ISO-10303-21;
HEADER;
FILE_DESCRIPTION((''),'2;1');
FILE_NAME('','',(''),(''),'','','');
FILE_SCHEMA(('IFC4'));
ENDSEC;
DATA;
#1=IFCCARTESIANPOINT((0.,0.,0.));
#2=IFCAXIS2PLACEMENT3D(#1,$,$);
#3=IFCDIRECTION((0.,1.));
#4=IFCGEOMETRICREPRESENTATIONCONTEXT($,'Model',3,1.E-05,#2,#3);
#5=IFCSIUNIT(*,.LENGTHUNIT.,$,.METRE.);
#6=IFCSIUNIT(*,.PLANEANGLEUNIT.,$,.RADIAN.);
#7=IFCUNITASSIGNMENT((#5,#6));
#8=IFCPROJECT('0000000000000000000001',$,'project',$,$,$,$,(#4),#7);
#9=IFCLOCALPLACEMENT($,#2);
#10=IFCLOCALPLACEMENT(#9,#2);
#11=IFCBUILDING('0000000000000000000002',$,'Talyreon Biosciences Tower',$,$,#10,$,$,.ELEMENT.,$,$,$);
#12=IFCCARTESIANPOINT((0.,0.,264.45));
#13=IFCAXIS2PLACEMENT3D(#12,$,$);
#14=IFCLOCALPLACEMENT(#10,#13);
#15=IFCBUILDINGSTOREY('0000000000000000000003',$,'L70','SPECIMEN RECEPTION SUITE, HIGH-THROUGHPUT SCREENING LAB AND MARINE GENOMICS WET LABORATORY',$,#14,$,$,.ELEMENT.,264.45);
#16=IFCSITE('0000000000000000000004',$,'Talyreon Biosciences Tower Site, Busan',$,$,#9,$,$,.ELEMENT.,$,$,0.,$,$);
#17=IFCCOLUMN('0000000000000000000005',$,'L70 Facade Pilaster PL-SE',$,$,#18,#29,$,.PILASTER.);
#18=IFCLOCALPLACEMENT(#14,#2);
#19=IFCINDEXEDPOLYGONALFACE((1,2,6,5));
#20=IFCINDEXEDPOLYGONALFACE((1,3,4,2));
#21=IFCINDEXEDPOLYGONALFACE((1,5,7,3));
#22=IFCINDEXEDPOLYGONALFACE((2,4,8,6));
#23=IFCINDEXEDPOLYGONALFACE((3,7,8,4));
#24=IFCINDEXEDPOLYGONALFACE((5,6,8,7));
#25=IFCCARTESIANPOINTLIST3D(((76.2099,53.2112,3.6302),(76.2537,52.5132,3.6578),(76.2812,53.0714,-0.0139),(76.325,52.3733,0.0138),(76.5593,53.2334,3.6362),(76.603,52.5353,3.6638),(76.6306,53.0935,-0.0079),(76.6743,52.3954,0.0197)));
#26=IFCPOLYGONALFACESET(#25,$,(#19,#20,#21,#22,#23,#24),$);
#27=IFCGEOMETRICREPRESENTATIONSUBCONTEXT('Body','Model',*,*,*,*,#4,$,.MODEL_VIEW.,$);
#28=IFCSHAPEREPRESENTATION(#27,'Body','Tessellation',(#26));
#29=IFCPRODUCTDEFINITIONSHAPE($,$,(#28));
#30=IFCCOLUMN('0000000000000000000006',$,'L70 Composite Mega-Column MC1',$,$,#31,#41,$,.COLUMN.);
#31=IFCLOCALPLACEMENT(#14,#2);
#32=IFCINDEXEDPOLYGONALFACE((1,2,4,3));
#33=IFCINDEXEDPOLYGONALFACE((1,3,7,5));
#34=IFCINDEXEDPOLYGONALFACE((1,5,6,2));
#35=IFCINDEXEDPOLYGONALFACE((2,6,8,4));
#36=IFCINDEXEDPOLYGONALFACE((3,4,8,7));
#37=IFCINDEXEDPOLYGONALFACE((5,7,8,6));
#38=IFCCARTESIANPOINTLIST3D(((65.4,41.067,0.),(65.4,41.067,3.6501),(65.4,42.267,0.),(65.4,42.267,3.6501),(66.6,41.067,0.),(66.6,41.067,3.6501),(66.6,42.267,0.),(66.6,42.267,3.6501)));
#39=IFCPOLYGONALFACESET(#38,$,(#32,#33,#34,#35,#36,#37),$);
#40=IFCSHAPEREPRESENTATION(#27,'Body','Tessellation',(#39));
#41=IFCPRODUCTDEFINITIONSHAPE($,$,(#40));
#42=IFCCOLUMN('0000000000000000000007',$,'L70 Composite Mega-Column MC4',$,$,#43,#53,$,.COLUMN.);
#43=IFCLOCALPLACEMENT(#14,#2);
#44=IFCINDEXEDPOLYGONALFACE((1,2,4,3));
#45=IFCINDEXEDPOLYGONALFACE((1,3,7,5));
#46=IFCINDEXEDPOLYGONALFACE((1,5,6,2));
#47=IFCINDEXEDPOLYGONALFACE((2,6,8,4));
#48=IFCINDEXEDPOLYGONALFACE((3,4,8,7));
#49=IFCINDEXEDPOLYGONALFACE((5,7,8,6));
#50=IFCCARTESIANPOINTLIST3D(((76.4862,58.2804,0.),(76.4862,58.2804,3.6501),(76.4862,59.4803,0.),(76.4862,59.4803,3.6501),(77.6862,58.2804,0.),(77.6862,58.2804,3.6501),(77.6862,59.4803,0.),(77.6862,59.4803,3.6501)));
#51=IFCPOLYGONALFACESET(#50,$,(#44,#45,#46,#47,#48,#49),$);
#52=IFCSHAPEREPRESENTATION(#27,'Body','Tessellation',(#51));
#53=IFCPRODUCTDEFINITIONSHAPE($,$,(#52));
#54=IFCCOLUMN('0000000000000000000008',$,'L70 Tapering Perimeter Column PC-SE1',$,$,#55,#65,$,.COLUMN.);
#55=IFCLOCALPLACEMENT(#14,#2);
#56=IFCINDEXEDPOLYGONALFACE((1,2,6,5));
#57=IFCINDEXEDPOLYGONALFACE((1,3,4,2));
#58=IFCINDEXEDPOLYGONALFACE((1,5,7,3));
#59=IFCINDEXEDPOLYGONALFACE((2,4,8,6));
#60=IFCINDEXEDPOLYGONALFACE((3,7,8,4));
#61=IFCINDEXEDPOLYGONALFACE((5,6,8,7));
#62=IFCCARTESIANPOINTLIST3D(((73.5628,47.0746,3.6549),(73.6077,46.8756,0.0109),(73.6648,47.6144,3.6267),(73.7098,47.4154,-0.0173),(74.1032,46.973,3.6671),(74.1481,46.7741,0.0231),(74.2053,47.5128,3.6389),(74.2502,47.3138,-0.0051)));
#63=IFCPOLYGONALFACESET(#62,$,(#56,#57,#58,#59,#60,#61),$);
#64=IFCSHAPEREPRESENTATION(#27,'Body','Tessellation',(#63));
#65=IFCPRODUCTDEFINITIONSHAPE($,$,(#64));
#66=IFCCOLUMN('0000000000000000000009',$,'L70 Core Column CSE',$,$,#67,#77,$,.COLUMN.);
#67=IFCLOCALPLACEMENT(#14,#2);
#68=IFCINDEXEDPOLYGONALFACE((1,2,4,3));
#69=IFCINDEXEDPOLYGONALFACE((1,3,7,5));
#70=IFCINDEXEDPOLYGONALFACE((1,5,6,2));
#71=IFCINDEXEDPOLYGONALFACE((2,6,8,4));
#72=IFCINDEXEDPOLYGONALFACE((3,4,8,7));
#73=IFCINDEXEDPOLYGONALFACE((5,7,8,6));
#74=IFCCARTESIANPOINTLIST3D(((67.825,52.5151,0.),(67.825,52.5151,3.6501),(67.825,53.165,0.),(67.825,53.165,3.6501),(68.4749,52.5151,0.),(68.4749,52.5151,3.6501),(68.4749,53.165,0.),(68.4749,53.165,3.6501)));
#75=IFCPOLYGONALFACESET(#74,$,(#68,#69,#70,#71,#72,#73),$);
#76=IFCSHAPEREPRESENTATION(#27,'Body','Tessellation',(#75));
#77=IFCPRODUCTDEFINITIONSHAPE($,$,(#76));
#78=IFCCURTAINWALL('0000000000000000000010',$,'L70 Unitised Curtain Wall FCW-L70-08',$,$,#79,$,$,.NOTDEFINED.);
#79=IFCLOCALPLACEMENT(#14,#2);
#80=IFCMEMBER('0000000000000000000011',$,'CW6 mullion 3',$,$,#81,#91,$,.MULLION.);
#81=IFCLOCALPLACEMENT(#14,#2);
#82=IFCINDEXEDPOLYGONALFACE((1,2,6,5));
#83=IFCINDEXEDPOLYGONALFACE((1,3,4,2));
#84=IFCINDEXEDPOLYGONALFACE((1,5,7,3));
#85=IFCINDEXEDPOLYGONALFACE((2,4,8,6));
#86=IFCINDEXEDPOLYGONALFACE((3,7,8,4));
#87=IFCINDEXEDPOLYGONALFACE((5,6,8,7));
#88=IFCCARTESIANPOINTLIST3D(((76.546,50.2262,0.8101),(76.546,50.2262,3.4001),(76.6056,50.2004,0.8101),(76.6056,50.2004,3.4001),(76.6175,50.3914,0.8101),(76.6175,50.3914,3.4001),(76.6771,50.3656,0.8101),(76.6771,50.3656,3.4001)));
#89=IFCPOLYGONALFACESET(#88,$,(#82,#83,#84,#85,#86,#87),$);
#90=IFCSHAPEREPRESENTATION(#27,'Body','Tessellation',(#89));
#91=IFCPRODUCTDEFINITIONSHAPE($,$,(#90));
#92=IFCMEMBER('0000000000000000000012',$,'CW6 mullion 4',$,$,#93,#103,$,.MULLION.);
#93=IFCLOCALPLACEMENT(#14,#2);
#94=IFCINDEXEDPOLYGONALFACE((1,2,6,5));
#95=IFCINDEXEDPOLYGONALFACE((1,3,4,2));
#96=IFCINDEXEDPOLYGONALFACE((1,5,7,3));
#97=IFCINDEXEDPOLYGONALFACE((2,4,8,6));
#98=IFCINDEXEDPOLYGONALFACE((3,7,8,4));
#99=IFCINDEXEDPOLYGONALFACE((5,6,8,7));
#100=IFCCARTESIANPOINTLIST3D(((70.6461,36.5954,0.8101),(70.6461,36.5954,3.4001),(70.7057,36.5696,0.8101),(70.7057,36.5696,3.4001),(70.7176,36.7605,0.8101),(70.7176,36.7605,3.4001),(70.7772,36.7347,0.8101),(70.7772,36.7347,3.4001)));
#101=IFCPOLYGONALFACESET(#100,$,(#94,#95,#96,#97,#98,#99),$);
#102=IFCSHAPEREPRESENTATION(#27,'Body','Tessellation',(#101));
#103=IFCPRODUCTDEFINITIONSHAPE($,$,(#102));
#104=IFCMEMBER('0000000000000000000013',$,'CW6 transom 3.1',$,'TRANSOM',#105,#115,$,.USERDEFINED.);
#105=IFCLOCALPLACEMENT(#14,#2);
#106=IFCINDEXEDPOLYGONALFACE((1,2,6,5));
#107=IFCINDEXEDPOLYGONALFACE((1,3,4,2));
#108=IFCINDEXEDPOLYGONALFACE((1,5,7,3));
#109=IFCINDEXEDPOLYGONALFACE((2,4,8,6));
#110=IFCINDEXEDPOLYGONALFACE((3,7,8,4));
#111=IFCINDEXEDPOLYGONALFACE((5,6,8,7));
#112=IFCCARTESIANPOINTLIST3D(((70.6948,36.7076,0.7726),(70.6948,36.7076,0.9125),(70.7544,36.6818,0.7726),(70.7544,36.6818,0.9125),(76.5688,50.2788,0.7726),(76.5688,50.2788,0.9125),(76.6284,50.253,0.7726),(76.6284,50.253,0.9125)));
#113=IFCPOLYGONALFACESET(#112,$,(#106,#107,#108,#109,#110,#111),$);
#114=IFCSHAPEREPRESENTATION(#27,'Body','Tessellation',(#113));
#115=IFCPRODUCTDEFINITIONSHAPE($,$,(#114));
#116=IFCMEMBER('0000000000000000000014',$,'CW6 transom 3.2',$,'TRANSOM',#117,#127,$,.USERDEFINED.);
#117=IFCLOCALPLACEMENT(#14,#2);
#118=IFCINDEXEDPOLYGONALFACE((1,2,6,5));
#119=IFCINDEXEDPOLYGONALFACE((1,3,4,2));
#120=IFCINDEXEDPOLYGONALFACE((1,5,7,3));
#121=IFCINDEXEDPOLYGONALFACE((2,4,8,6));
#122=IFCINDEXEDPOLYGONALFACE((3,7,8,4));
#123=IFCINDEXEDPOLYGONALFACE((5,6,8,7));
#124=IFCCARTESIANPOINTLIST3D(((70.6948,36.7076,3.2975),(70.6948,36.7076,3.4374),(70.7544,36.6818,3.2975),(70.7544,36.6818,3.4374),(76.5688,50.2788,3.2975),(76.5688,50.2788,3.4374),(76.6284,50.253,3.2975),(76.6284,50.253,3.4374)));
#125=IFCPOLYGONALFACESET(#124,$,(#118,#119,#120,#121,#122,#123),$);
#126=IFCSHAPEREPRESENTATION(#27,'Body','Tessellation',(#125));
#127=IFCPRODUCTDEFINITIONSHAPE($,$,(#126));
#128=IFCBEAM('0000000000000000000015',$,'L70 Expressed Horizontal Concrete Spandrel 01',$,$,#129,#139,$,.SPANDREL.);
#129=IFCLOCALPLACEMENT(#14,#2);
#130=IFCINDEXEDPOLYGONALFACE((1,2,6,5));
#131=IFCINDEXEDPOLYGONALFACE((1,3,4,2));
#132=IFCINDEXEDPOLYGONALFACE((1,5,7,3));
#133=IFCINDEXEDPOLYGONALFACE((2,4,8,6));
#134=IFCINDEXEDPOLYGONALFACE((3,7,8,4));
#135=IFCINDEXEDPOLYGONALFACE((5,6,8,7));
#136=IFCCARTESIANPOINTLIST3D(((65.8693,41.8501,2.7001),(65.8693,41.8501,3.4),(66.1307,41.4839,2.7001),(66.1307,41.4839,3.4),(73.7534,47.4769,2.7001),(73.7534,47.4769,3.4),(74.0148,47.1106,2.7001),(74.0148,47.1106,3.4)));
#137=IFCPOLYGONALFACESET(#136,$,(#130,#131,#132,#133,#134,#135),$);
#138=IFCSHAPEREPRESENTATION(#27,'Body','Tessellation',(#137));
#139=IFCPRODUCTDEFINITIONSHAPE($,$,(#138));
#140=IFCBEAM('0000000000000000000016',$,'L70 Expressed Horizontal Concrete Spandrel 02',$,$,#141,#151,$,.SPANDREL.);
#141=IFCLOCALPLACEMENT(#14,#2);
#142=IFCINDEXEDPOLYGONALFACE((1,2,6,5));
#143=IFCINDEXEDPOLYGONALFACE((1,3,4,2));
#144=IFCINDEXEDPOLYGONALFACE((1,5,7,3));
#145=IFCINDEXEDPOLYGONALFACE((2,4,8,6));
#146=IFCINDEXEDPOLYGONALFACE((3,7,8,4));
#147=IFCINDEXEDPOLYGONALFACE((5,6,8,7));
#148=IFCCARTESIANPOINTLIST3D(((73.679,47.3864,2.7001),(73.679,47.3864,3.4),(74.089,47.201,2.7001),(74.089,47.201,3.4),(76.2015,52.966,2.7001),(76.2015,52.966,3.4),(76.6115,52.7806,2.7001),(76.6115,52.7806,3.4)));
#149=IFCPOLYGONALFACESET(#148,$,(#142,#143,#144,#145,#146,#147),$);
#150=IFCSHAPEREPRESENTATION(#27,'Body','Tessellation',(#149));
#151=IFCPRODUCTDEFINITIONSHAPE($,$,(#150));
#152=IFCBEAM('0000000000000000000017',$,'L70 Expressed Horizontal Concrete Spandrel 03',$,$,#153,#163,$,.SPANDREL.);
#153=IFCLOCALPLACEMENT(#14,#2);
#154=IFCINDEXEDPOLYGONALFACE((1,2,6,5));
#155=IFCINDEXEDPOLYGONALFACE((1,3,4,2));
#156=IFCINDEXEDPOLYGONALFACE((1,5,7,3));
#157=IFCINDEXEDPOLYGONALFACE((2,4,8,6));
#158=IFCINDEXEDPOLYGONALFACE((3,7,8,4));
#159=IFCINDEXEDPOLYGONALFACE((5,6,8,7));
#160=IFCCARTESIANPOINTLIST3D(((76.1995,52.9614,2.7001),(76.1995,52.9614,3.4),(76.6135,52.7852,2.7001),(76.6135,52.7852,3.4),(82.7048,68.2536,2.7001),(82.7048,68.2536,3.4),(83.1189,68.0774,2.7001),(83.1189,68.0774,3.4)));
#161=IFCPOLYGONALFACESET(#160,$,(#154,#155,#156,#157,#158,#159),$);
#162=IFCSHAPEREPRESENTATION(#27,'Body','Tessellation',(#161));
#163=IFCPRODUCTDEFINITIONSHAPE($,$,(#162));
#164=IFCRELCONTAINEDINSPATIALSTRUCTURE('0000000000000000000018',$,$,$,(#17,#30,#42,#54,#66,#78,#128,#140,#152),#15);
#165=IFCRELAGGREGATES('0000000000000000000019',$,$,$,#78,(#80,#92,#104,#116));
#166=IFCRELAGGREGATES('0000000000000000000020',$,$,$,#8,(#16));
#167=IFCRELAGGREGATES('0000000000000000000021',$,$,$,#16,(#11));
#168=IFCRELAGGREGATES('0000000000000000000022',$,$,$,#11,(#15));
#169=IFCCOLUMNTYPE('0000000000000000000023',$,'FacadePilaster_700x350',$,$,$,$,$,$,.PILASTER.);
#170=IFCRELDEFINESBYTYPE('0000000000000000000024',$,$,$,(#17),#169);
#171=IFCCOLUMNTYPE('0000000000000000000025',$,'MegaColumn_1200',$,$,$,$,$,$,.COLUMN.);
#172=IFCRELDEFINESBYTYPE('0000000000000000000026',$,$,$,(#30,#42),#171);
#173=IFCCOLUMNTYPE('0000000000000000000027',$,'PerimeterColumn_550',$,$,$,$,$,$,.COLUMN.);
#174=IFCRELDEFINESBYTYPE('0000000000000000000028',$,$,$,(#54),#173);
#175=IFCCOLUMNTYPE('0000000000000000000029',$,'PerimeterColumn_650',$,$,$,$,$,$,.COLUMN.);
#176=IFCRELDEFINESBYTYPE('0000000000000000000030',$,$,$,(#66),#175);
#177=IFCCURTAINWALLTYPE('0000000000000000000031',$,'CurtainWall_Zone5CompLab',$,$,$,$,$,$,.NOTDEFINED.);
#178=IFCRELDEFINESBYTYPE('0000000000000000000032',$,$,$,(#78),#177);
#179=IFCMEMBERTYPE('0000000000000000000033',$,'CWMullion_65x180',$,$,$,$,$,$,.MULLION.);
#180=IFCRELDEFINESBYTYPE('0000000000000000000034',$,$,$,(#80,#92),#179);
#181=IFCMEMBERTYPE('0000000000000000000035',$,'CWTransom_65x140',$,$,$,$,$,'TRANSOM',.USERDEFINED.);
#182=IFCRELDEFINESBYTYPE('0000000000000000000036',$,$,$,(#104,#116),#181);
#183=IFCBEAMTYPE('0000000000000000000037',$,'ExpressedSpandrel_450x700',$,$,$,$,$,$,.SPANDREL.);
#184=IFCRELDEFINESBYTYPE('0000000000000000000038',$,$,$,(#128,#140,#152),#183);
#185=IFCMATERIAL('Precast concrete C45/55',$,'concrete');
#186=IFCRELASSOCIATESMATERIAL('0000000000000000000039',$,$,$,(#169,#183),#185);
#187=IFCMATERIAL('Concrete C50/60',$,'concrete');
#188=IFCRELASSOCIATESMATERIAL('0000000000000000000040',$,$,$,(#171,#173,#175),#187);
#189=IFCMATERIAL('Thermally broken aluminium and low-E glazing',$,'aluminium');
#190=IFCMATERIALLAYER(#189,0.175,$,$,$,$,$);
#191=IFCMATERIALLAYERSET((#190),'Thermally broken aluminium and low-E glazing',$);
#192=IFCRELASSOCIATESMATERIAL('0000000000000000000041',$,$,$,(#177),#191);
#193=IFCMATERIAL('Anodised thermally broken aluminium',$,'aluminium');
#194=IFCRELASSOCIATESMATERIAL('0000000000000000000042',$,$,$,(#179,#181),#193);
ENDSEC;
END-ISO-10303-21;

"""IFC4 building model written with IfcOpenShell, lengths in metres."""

from ifc_helpers import new_model, si_unit, direction, frame, origin, origin_2d, place, context, subcontext, project, spatial, rectangle, extrude, material, layer, layer_set, material_profile, profile_set, type_object, element, aggregate, save


model = new_model("IFC4")

# Units and contexts
model_context = context("Model", 3, precision=1e-05, world=origin(), true_north=direction((0.0, 1.0)))
body_context = subcontext(model_context, "Body", "Model", "MODEL_VIEW")
ifc_project = project(units=[si_unit("LENGTHUNIT", "METRE"), si_unit("PLANEANGLEUNIT", "RADIAN")], contexts=[model_context])

# Site, building, storey
site_placement = place(None, origin())
site = spatial("IfcSite", under=ifc_project, at=site_placement, Name="Talyreon Biosciences Tower Site, Busan", CompositionType="ELEMENT", RefElevation=0.0)
building_placement = place(site_placement, origin())
building = spatial("IfcBuilding", under=site, at=building_placement, Name="Talyreon Biosciences Tower", CompositionType="ELEMENT")
storey_placement = place(building_placement, frame((0.0, 0.0, 264.45)))
storey = spatial("IfcBuildingStorey", under=building, at=storey_placement, Name="L70", Description="SPECIMEN RECEPTION SUITE, HIGH-THROUGHPUT SCREENING LAB AND MARINE GENOMICS WET LABORATORY", CompositionType="ELEMENT", Elevation=264.45)

# Columns
ifc_material_1 = material(Name="Precast concrete C45/55", Category="concrete")
ifc_material_profile_1 = material_profile(ifc_material_1, rectangle(XDim=0.7, YDim=0.3501, at=origin_2d()), Name="RC 700x350")
ifc_profile_set_1 = profile_set([ifc_material_profile_1], Name="Precast concrete C45/55")
column_type_1 = type_object("IfcColumnType", Name="FacadePilaster_700x350", PredefinedType="PILASTER", material=ifc_profile_set_1)
column_1_placement = place(storey_placement, frame((76.4778, 52.7334, 0.0029), z_axis=(-0.019545, 0.038354, 0.999073), x_axis=(0.062497, -0.997263, 0.039507)))
element("IfcColumn", 1, at=column_1_placement, inside=storey, type_object=column_type_1, Name="L70 Facade Pilaster PL-SE", PredefinedType="PILASTER", context=body_context, shape_type="SweptSolid", body=[
    extrude(rectangle(XDim=0.7, YDim=0.3501, at=origin_2d()), origin(), (0.0, 0.0, 1.0), 3.6475),
])
ifc_material_2 = material(Name="Concrete C50/60", Category="concrete")
ifc_material_profile_2 = material_profile(ifc_material_2, rectangle(XDim=1.2, YDim=1.2, at=origin_2d()), Name="RC 1200x1200")
ifc_profile_set_2 = profile_set([ifc_material_profile_2], Name="Concrete C50/60")
column_type_2 = type_object("IfcColumnType", Name="MegaColumn_1200", PredefinedType="COLUMN", material=ifc_profile_set_2)
for number, where, z_axis, x_axis, name in (
    (2, (66.0, 41.667, 0.0), (0.0, 0.0, 1.0), (1.0, 0.0, 0.0), "L70 Composite Mega-Column MC1"),
    (3, (77.0862, 58.8804, 0.0), (0.0, 0.0, 1.0), (1.0, 0.0, 0.0), "L70 Composite Mega-Column MC4"),
):
    element("IfcColumn", number, at=place(storey_placement, frame(where, z_axis=z_axis, x_axis=x_axis)), inside=storey, type_object=column_type_2, Name=name, PredefinedType="COLUMN", context=body_context, shape_type="SweptSolid", body=[
        extrude(rectangle(XDim=1.2, YDim=1.2, at=origin_2d()), origin(), (0.0, 0.0, 1.0), 3.6501),
    ])
ifc_material_profile_3 = material_profile(ifc_material_2, rectangle(XDim=0.55, YDim=0.55, at=origin_2d()), Name="RC 550x550")
ifc_profile_set_3 = profile_set([ifc_material_profile_3], Name="Concrete C50/60")
column_type_3 = type_object("IfcColumnType", Name="PerimeterColumn_550", PredefinedType="COLUMN", material=ifc_profile_set_3)
column_2_placement = place(storey_placement, frame((73.929, 47.0947, 0.0029), z_axis=(-0.012308, 0.054517, 0.998437), x_axis=(-0.185568, -0.981292, 0.051294)))
element("IfcColumn", 4, at=column_2_placement, inside=storey, type_object=column_type_3, Name="L70 Tapering Perimeter Column PC-SE1", PredefinedType="COLUMN", context=body_context, shape_type="SweptSolid", body=[
    extrude(rectangle(XDim=0.55, YDim=0.55, at=origin_2d()), origin(), (0.0, 0.0, 1.0), 3.6497),
])
ifc_material_profile_4 = material_profile(ifc_material_2, rectangle(XDim=0.6499, YDim=0.6499, at=origin_2d()), Name="RC 650x650")
ifc_profile_set_4 = profile_set([ifc_material_profile_4], Name="Concrete C50/60")
column_type_4 = type_object("IfcColumnType", Name="PerimeterColumn_650", PredefinedType="COLUMN", material=ifc_profile_set_4)
column_3_placement = place(storey_placement, frame((68.1499, 52.8401, 0.0), z_axis=(0.0, 0.0, 1.0), x_axis=(1.0, 0.0, 0.0)))
element("IfcColumn", 5, at=column_3_placement, inside=storey, type_object=column_type_4, Name="L70 Core Column CSE", PredefinedType="COLUMN", context=body_context, shape_type="SweptSolid", body=[
    extrude(rectangle(XDim=0.6499, YDim=0.6499, at=origin_2d()), origin(), (0.0, 0.0, 1.0), 3.6501),
])

# Curtain wall, members
ifc_material_3 = material(Name="Thermally broken aluminium and low-E glazing", Category="aluminium")
ifc_layer_1 = layer(ifc_material_3, 0.175)
ifc_layer_set_1 = layer_set([ifc_layer_1], Name="Thermally broken aluminium and low-E glazing")
curtain_wall_type = type_object("IfcCurtainWallType", Name="CurtainWall_Zone5CompLab", PredefinedType="NOTDEFINED", material=ifc_layer_set_1)
curtain_wall_placement = place(storey_placement, origin())
curtain_wall = element("IfcCurtainWall", 6, at=curtain_wall_placement, inside=storey, type_object=curtain_wall_type, Name="L70 Unitised Curtain Wall FCW-L70-08", PredefinedType="NOTDEFINED")
ifc_material_4 = material(Name="Anodised thermally broken aluminium", Category="aluminium")
ifc_material_profile_5 = material_profile(ifc_material_4, rectangle(XDim=0.0649, YDim=0.1799, at=origin_2d()), Name="ALUM MULLION 65x180")
ifc_profile_set_5 = profile_set([ifc_material_profile_5], Name="Anodised thermally broken aluminium")
member_type_1 = type_object("IfcMemberType", Name="CWMullion_65x180", PredefinedType="MULLION", material=ifc_profile_set_5)
member_1_placement = place(storey_placement, frame((76.6116, 50.2959, 0.8101), z_axis=(0.0, 0.0, 1.0), x_axis=(0.917723, -0.397221, 0.0)))
member_1 = element("IfcMember", 7, at=member_1_placement, type_object=member_type_1, Name="CW6 mullion 3", PredefinedType="MULLION", context=body_context, shape_type="SweptSolid", body=[
    extrude(rectangle(XDim=0.0649, YDim=0.1799, at=origin_2d()), origin(), (0.0, 0.0, 1.0), 2.5901),
])
member_2_placement = place(storey_placement, frame((70.7117, 36.665, 0.8101), z_axis=(0.0, 0.0, 1.0), x_axis=(0.917723, -0.397221, 0.0)))
member_2 = element("IfcMember", 8, at=member_2_placement, type_object=member_type_1, Name="CW6 mullion 4", PredefinedType="MULLION", context=body_context, shape_type="SweptSolid", body=[
    extrude(rectangle(XDim=0.0649, YDim=0.1799, at=origin_2d()), origin(), (0.0, 0.0, 1.0), 2.5901),
])
ifc_material_profile_6 = material_profile(ifc_material_4, rectangle(XDim=0.0649, YDim=0.1399, at=origin_2d()), Name="ALUM TRANSOM 65x140")
ifc_profile_set_6 = profile_set([ifc_material_profile_6], Name="Anodised thermally broken aluminium")
member_type_2 = type_object("IfcMemberType", Name="CWTransom_65x140", ElementType="TRANSOM", PredefinedType="USERDEFINED", material=ifc_profile_set_6)
member_3_placement = place(storey_placement, frame((76.5986, 50.2659, 0.8425), z_axis=(-0.397222, -0.917722, 0.0), x_axis=(0.917722, -0.397222, 0.0)))
member_3 = element("IfcMember", 9, at=member_3_placement, type_object=member_type_2, Name="CW6 transom 3.1", ObjectType="TRANSOM", PredefinedType="USERDEFINED", context=body_context, shape_type="SweptSolid", body=[
    extrude(rectangle(XDim=0.0649, YDim=0.1399, at=origin_2d()), origin(), (0.0, 0.0, 1.0), 14.7878),
])
member_4_placement = place(storey_placement, frame((76.5986, 50.2659, 3.3674), z_axis=(-0.397222, -0.917722, 0.0), x_axis=(0.917722, -0.397222, 0.0)))
member_4 = element("IfcMember", 10, at=member_4_placement, type_object=member_type_2, Name="CW6 transom 3.2", ObjectType="TRANSOM", PredefinedType="USERDEFINED", context=body_context, shape_type="SweptSolid", body=[
    extrude(rectangle(XDim=0.0649, YDim=0.1399, at=origin_2d()), origin(), (0.0, 0.0, 1.0), 14.7878),
])

# Beams
ifc_material_profile_7 = material_profile(ifc_material_1, rectangle(XDim=0.45, YDim=0.7, at=origin_2d()), Name="RCB 450x700")
ifc_profile_set_7 = profile_set([ifc_material_profile_7], Name="Precast concrete C45/55")
beam_type_1 = type_object("IfcBeamType", Name="ExpressedSpandrel_450x700", PredefinedType="SPANDREL", material=ifc_profile_set_7)
beam_1_placement = place(storey_placement, frame((66.0, 41.667, 3.05), z_axis=(0.813965, 0.580914, 0.0), x_axis=(-0.580914, 0.813965, 0.0)))
element("IfcBeam", 11, at=beam_1_placement, inside=storey, type_object=beam_type_1, Name="L70 Expressed Horizontal Concrete Spandrel 01", PredefinedType="SPANDREL", context=body_context, shape_type="SweptSolid", body=[
    extrude(rectangle(XDim=0.45, YDim=0.7, at=origin_2d()), origin(), (0.0, 0.0, 1.0), 9.686),
])
beam_2_placement = place(storey_placement, frame((73.884, 47.2937, 3.05), z_axis=(0.411946, 0.911208, 0.0), x_axis=(-0.911208, 0.411946, 0.0)))
element("IfcBeam", 12, at=beam_2_placement, inside=storey, type_object=beam_type_1, Name="L70 Expressed Horizontal Concrete Spandrel 02", PredefinedType="SPANDREL", context=body_context, shape_type="SweptSolid", body=[
    extrude(rectangle(XDim=0.45, YDim=0.7, at=origin_2d()), origin(), (0.0, 0.0, 1.0), 6.1233),
])
beam_3_placement = place(storey_placement, frame((76.4065, 52.8733, 3.05), z_axis=(0.391455, 0.920197, 0.0), x_axis=(-0.920197, 0.391455, 0.0)))
element("IfcBeam", 13, at=beam_3_placement, inside=storey, type_object=beam_type_1, Name="L70 Expressed Horizontal Concrete Spandrel 03", PredefinedType="SPANDREL", context=body_context, shape_type="SweptSolid", body=[
    extrude(rectangle(XDim=0.45, YDim=0.7, at=origin_2d()), origin(), (0.0, 0.0, 1.0), 16.6184),
])

aggregate(curtain_wall, [member_1, member_2, member_3, member_4])

save(model, "model.ifc")
